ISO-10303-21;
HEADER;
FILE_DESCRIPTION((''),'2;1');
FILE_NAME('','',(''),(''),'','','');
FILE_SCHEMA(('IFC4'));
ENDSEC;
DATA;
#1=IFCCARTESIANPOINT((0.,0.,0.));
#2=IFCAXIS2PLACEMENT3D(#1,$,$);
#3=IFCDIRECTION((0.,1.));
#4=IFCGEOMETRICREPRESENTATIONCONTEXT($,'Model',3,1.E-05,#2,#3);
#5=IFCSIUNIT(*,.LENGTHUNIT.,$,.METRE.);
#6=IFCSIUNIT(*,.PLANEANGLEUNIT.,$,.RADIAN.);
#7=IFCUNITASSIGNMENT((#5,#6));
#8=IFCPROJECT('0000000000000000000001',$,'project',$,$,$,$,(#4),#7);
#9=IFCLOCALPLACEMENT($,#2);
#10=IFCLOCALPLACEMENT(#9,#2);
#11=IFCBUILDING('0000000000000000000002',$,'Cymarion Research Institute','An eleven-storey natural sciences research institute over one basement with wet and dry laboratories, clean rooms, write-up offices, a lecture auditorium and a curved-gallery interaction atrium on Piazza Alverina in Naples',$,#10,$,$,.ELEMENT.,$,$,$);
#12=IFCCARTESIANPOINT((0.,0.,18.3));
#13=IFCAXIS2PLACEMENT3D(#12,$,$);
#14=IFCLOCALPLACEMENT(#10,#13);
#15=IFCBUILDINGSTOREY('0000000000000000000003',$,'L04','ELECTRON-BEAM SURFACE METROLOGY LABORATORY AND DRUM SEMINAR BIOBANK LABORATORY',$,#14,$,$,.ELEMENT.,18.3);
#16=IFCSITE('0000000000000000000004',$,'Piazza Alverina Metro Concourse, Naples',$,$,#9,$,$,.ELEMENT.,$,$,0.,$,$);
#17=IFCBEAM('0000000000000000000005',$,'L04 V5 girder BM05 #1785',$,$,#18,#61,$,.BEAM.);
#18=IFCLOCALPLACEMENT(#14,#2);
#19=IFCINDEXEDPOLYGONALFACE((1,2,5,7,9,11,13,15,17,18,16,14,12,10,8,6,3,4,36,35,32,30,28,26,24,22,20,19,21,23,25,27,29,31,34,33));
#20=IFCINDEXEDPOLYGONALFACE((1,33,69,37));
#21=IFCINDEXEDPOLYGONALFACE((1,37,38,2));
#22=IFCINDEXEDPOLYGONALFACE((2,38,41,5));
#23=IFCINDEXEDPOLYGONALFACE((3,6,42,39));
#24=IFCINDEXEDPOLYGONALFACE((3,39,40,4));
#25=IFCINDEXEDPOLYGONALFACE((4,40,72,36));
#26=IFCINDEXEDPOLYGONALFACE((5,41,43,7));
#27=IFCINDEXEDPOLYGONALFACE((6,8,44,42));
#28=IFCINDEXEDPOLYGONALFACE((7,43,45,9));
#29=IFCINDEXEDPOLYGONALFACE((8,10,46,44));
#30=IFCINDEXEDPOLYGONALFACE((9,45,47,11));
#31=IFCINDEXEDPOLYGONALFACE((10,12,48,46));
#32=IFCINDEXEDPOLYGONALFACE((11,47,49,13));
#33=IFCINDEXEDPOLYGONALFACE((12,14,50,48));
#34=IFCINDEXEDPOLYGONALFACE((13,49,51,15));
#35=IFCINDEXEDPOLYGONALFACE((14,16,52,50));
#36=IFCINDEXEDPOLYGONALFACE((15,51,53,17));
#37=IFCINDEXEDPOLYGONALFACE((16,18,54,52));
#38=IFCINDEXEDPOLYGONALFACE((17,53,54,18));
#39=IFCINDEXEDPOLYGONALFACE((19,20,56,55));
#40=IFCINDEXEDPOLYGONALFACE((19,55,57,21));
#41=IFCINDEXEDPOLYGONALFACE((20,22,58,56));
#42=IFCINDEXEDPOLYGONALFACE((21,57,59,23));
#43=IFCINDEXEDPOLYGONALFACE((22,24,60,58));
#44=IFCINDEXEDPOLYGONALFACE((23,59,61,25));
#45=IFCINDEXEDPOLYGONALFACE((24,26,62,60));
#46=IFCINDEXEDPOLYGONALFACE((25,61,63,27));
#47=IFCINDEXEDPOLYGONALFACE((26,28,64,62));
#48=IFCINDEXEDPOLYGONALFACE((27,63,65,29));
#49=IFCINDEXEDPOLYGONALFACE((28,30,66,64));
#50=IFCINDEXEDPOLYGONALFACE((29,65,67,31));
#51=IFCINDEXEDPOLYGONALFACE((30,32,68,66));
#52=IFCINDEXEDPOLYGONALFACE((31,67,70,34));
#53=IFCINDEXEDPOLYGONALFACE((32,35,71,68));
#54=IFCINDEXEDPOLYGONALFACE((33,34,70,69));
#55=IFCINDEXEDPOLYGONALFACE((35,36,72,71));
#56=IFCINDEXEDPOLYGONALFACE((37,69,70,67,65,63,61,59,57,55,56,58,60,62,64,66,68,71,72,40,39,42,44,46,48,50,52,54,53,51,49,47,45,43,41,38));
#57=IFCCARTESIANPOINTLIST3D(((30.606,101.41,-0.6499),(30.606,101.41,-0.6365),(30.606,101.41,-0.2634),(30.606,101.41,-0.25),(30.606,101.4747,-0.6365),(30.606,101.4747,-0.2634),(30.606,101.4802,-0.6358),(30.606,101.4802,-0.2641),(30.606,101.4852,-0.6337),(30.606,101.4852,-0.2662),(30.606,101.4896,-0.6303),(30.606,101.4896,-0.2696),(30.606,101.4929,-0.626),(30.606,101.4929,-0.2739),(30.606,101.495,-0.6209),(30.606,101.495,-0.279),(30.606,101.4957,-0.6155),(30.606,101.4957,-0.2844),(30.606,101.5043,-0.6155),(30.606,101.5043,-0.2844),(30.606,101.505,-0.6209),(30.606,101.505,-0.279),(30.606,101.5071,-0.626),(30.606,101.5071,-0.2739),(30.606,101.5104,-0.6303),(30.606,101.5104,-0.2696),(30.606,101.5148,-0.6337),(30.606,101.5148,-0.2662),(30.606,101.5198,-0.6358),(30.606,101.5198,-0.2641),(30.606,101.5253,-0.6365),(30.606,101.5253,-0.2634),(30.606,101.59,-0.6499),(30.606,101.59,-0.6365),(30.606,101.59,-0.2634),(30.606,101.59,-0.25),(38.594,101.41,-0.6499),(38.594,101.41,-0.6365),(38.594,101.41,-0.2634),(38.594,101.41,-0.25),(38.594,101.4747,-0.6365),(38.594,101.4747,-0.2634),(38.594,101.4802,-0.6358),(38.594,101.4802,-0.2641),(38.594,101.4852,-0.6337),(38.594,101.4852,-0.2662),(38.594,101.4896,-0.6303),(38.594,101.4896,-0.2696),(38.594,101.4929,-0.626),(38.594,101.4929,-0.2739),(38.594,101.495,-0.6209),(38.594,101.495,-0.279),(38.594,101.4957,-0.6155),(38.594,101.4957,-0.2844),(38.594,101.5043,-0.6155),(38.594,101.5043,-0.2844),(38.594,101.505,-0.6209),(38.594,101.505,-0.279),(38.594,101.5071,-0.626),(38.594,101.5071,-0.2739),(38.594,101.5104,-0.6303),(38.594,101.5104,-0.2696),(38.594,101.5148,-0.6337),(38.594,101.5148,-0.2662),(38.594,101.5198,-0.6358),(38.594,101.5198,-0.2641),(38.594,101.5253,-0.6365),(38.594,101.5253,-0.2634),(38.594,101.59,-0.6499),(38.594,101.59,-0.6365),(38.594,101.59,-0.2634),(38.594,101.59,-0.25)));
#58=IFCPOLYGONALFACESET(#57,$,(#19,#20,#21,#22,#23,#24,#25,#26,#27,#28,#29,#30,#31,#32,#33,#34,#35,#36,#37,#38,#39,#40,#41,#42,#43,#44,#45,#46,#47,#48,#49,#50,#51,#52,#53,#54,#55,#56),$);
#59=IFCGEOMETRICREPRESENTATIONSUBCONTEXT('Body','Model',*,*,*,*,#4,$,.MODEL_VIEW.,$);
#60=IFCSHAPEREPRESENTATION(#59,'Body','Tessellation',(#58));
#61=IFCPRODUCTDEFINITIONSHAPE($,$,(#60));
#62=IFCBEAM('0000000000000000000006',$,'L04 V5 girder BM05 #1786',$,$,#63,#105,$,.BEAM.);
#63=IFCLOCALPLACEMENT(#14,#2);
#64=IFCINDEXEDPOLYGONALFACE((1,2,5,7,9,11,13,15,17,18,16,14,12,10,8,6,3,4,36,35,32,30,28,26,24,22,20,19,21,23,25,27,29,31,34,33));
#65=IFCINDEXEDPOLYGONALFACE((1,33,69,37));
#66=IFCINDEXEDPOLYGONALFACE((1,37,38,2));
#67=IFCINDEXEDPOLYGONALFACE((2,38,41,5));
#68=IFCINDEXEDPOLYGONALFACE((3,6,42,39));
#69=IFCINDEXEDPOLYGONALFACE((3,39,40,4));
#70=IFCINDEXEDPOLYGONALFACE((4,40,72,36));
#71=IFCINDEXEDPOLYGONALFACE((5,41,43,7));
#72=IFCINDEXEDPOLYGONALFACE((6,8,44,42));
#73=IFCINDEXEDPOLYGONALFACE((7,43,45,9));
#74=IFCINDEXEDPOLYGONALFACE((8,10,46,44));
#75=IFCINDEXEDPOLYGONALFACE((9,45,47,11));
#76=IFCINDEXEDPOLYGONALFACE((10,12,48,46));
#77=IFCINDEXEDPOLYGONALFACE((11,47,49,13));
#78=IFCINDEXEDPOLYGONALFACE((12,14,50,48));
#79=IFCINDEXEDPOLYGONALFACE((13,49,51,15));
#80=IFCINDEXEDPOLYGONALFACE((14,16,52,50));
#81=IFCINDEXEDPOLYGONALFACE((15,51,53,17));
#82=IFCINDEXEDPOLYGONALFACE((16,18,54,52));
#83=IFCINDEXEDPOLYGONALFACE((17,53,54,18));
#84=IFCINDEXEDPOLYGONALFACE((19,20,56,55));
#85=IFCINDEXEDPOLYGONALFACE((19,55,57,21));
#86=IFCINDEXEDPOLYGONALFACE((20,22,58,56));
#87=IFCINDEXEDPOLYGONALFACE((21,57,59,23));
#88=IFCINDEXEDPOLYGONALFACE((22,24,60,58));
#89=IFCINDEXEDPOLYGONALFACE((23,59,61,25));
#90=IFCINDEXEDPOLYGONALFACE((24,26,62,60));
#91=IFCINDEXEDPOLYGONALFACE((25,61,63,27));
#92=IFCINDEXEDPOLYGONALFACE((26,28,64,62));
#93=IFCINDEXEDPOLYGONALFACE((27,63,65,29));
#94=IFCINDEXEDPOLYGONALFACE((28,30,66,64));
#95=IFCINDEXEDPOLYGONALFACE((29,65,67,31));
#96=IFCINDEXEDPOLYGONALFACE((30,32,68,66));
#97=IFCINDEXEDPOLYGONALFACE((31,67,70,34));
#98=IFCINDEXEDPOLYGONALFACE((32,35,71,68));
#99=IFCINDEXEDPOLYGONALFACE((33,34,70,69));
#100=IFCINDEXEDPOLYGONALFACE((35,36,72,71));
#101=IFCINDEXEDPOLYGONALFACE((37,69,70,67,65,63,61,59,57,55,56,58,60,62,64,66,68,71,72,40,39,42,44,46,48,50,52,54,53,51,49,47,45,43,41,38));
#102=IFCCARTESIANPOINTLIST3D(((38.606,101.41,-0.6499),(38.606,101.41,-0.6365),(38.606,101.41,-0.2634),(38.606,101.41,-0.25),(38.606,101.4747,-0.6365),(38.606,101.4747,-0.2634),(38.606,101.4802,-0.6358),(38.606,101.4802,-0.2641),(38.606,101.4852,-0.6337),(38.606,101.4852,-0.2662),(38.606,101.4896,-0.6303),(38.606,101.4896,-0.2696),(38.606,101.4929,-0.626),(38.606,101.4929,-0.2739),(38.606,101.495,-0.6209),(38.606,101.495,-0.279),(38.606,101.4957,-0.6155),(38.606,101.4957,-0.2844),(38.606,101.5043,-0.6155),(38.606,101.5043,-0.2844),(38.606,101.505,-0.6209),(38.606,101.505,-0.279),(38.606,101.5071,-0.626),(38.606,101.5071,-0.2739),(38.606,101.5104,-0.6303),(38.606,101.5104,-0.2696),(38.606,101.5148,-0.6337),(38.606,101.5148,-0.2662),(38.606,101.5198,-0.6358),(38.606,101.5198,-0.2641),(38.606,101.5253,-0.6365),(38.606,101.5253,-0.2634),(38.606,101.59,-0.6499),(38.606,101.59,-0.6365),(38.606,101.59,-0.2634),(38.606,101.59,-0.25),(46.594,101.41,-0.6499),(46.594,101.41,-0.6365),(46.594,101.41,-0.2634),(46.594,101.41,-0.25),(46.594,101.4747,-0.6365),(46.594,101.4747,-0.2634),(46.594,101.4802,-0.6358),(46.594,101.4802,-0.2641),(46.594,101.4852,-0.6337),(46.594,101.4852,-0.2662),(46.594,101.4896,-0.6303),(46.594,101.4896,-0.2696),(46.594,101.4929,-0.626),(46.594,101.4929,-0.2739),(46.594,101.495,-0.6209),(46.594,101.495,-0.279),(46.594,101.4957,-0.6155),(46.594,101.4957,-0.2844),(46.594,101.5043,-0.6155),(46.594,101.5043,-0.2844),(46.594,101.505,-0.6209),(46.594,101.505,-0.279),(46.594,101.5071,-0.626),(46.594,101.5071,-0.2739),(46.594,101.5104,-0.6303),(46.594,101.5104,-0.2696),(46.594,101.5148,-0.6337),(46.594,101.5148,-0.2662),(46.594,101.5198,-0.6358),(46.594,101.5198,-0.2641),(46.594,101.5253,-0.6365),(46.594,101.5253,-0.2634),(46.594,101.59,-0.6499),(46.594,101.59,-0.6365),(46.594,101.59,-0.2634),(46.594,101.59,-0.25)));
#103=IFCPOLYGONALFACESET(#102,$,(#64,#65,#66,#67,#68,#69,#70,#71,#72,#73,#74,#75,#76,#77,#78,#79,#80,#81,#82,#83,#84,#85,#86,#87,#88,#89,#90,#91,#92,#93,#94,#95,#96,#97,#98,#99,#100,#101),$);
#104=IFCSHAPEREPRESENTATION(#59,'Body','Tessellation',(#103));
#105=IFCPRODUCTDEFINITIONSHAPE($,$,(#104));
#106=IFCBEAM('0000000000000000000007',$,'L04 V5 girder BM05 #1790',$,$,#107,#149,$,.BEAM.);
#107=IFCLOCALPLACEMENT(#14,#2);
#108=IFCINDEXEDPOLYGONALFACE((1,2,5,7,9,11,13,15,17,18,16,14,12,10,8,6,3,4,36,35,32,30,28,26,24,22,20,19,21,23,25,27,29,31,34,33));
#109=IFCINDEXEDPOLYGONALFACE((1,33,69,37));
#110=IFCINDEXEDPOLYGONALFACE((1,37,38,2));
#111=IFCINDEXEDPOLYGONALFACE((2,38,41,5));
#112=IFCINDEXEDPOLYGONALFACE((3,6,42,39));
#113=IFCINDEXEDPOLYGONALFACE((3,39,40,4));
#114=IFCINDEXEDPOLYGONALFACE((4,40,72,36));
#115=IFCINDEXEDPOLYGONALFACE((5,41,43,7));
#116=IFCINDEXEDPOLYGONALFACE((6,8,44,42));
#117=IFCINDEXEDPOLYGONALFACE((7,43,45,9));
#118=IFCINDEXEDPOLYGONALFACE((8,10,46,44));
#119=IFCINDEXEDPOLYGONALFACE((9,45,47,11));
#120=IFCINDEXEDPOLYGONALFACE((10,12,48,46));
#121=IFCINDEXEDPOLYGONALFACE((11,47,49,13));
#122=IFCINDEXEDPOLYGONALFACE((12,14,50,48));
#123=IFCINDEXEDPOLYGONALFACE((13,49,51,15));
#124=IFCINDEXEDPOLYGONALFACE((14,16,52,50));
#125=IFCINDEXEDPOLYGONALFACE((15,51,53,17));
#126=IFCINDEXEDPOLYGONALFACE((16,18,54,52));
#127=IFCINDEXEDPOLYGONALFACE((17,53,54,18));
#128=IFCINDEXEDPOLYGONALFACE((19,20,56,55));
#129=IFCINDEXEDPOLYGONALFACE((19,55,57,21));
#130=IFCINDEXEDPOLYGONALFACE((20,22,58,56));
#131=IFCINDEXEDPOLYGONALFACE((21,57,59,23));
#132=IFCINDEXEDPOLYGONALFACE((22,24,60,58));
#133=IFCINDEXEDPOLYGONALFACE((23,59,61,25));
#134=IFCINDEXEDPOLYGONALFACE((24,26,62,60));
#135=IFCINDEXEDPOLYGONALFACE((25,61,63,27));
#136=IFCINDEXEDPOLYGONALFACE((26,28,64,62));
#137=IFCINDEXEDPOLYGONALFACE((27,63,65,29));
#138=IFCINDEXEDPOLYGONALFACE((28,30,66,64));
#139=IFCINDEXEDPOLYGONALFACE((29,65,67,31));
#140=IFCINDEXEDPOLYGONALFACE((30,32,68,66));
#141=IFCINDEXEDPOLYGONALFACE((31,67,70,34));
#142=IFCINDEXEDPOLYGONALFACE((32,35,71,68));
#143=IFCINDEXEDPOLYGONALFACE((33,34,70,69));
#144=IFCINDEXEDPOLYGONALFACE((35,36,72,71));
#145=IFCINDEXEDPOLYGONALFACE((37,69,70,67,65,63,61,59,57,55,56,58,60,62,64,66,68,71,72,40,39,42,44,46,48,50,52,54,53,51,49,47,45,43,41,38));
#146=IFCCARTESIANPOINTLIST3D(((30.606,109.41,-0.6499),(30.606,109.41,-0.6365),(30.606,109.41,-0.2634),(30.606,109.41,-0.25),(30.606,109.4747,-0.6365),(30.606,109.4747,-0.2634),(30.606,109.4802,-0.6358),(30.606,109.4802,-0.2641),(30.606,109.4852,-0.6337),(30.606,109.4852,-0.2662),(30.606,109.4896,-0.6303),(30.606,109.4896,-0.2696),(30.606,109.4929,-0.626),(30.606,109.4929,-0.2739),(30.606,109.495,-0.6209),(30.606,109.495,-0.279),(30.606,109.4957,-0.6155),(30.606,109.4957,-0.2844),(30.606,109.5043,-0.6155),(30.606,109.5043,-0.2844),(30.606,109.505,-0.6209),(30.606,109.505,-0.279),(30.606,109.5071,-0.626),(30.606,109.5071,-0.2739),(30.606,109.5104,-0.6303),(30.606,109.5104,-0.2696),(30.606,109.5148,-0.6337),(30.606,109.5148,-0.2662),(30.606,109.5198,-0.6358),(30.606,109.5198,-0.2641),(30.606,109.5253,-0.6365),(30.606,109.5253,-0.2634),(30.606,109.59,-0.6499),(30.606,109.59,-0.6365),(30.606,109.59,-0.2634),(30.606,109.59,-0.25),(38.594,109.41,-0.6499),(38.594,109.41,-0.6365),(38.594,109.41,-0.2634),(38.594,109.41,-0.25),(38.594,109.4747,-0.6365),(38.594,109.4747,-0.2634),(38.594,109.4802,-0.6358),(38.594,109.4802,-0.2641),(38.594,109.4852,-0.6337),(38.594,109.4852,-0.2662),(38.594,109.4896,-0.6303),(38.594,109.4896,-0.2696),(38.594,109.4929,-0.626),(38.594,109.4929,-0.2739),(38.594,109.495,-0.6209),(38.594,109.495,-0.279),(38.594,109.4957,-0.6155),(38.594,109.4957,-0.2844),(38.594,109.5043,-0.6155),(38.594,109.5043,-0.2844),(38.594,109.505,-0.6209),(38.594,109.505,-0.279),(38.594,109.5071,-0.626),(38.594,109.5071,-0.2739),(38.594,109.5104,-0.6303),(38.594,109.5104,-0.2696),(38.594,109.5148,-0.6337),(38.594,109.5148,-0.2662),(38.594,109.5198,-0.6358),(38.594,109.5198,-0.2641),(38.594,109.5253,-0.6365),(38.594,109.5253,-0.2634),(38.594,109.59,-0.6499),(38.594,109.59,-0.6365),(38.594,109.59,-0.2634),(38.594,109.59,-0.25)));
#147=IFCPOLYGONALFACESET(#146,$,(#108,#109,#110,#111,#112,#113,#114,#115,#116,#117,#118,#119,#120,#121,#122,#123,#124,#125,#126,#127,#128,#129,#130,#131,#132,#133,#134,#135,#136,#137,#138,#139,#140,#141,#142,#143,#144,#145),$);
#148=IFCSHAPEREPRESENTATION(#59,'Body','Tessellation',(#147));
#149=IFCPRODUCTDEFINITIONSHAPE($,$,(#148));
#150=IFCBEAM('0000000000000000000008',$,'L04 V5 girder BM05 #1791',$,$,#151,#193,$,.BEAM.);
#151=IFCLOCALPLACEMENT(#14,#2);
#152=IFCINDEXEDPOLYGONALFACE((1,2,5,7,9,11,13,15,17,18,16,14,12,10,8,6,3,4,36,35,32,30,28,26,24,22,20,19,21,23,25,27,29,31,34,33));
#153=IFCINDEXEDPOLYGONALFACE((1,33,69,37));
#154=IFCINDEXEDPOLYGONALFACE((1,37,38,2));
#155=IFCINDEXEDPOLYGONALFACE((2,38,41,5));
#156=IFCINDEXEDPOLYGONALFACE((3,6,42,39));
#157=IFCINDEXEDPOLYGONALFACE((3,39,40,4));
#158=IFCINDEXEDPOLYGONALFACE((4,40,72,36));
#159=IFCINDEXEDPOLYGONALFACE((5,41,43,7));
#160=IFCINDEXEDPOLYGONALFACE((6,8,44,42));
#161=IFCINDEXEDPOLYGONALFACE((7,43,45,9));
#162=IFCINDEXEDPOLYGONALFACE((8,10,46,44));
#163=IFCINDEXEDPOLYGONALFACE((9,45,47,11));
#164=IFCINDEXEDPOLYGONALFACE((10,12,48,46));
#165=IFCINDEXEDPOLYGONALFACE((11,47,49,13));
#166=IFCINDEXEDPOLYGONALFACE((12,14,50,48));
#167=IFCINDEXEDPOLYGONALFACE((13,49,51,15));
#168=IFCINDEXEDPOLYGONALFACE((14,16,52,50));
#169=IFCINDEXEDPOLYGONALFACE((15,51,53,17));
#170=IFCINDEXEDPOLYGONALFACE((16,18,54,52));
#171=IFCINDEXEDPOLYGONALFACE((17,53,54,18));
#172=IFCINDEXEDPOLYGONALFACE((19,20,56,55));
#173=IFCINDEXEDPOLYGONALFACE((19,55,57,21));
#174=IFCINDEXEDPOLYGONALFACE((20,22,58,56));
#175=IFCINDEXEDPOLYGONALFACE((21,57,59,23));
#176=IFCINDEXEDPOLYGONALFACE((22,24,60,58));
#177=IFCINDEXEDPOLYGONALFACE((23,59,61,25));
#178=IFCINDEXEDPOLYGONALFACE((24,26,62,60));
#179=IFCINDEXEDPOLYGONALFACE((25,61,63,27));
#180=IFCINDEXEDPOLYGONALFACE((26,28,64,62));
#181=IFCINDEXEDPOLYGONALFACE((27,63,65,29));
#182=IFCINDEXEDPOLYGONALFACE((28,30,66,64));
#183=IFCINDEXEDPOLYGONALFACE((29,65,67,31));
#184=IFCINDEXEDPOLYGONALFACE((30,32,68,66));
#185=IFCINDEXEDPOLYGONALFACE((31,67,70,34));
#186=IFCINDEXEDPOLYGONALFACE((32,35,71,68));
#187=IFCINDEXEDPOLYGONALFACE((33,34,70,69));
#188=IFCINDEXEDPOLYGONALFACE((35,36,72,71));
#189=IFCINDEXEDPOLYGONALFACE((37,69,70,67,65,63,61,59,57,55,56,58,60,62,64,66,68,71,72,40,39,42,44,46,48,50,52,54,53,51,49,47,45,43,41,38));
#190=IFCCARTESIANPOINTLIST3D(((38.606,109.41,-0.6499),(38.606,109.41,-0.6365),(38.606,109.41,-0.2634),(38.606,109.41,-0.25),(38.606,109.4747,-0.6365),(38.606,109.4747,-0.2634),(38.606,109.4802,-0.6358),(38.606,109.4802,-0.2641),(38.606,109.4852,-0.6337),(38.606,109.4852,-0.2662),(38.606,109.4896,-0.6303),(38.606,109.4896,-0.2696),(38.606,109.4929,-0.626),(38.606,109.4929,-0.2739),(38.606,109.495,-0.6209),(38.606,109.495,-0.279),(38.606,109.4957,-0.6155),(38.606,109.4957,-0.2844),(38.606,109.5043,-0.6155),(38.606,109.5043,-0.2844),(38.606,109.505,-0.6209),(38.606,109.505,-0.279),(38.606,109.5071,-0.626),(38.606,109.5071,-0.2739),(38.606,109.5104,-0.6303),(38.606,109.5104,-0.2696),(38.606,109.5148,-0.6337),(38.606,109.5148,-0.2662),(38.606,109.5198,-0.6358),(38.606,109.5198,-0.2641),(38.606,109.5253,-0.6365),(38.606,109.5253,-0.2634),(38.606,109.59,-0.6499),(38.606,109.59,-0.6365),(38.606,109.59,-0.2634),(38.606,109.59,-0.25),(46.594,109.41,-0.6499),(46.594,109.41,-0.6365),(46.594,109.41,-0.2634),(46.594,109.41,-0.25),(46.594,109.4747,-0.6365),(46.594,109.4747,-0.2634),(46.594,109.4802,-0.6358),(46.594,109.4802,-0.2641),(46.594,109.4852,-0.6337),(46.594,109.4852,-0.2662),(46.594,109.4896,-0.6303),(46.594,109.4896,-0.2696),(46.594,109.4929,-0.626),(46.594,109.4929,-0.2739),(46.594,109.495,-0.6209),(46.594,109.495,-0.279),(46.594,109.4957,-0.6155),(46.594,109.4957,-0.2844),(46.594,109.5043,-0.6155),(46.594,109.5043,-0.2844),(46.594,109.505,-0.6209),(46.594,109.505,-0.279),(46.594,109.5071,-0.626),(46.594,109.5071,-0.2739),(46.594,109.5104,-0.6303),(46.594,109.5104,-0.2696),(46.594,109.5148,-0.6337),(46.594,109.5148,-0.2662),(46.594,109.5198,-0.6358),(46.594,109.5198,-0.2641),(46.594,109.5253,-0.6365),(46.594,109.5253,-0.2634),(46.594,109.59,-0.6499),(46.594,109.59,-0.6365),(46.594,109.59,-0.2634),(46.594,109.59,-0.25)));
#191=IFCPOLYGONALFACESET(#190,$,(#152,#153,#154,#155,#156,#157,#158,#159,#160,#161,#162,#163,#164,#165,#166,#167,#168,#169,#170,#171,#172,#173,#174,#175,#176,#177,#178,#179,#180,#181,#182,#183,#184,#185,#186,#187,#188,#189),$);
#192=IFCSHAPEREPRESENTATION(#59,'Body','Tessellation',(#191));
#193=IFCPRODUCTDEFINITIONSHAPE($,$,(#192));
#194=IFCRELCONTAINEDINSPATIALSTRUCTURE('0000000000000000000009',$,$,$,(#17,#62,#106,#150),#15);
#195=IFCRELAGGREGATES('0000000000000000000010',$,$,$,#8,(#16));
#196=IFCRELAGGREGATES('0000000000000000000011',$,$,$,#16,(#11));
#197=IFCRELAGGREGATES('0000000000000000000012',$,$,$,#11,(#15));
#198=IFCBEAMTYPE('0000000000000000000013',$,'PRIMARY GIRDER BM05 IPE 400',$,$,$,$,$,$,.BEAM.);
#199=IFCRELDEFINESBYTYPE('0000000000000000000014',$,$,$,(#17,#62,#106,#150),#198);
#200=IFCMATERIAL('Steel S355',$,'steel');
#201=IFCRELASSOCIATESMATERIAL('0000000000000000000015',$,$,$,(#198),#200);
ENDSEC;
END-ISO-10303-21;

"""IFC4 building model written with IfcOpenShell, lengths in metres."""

from ifc_helpers import new_model, si_unit, direction, frame, origin, origin_2d, place, context, subcontext, project, spatial, i_section, extrude, material, material_profile, profile_set, type_object, element, save


model = new_model("IFC4")

# Units and contexts
model_context = context("Model", 3, precision=1e-05, world=origin(), true_north=direction((0.0, 1.0)))
body_context = subcontext(model_context, "Body", "Model", "MODEL_VIEW")
ifc_project = project(units=[si_unit("LENGTHUNIT", "METRE"), si_unit("PLANEANGLEUNIT", "RADIAN")], contexts=[model_context])

# Site, building, storey
site_placement = place(None, origin())
site = spatial("IfcSite", under=ifc_project, at=site_placement, Name="Piazza Alverina Metro Concourse, Naples", CompositionType="ELEMENT", RefElevation=0.0)
building_placement = place(site_placement, origin())
building = spatial("IfcBuilding", under=site, at=building_placement, Name="Cymarion Research Institute", Description="An eleven-storey natural sciences research institute over one basement with wet and dry laboratories, clean rooms, write-up offices, a lecture auditorium and a curved-gallery interaction atrium on Piazza Alverina in Naples", CompositionType="ELEMENT")
storey_placement = place(building_placement, frame((0.0, 0.0, 18.3)))
storey = spatial("IfcBuildingStorey", under=building, at=storey_placement, Name="L04", Description="ELECTRON-BEAM SURFACE METROLOGY LABORATORY AND DRUM SEMINAR BIOBANK LABORATORY", CompositionType="ELEMENT", Elevation=18.3)

# Shared definitions
ifc_material_1 = material(Name="Steel S355", Category="steel")

# Beams
ifc_material_profile_1 = material_profile(ifc_material_1, i_section(OverallWidth=0.1799, OverallDepth=0.3999, WebThickness=0.0085, FlangeThickness=0.0134, FilletRadius=0.021, at=origin_2d()), Name="IPE 400")
ifc_profile_set_1 = profile_set([ifc_material_profile_1], Name="Steel S355")
beam_type_1 = type_object("IfcBeamType", Name="PRIMARY GIRDER BM05 IPE 400", PredefinedType="BEAM", material=ifc_profile_set_1)
for number, where, z_axis, x_axis, name in (
    (1, (30.606, 101.5, -0.45), (1.0, 0.0, 0.0), (0.0, 1.0, 0.0), "L04 V5 girder BM05 #1785"),
    (2, (38.606, 101.5, -0.45), (1.0, 0.0, 0.0), (0.0, 1.0, 0.0), "L04 V5 girder BM05 #1786"),
    (3, (30.606, 109.5, -0.45), (1.0, 0.0, 0.0), (0.0, 1.0, 0.0), "L04 V5 girder BM05 #1790"),
    (4, (38.606, 109.5, -0.45), (1.0, 0.0, 0.0), (0.0, 1.0, 0.0), "L04 V5 girder BM05 #1791"),
):
    element("IfcBeam", number, at=place(storey_placement, frame(where, z_axis=z_axis, x_axis=x_axis)), inside=storey, type_object=beam_type_1, Name=name, PredefinedType="BEAM", context=body_context, shape_type="SweptSolid", body=[
        extrude(i_section(OverallWidth=0.1799, OverallDepth=0.3999, WebThickness=0.0085, FlangeThickness=0.0134, FilletRadius=0.021, at=origin_2d()), origin(), (0.0, 0.0, 1.0), 7.988),
    ])

save(model, "model.ifc")
